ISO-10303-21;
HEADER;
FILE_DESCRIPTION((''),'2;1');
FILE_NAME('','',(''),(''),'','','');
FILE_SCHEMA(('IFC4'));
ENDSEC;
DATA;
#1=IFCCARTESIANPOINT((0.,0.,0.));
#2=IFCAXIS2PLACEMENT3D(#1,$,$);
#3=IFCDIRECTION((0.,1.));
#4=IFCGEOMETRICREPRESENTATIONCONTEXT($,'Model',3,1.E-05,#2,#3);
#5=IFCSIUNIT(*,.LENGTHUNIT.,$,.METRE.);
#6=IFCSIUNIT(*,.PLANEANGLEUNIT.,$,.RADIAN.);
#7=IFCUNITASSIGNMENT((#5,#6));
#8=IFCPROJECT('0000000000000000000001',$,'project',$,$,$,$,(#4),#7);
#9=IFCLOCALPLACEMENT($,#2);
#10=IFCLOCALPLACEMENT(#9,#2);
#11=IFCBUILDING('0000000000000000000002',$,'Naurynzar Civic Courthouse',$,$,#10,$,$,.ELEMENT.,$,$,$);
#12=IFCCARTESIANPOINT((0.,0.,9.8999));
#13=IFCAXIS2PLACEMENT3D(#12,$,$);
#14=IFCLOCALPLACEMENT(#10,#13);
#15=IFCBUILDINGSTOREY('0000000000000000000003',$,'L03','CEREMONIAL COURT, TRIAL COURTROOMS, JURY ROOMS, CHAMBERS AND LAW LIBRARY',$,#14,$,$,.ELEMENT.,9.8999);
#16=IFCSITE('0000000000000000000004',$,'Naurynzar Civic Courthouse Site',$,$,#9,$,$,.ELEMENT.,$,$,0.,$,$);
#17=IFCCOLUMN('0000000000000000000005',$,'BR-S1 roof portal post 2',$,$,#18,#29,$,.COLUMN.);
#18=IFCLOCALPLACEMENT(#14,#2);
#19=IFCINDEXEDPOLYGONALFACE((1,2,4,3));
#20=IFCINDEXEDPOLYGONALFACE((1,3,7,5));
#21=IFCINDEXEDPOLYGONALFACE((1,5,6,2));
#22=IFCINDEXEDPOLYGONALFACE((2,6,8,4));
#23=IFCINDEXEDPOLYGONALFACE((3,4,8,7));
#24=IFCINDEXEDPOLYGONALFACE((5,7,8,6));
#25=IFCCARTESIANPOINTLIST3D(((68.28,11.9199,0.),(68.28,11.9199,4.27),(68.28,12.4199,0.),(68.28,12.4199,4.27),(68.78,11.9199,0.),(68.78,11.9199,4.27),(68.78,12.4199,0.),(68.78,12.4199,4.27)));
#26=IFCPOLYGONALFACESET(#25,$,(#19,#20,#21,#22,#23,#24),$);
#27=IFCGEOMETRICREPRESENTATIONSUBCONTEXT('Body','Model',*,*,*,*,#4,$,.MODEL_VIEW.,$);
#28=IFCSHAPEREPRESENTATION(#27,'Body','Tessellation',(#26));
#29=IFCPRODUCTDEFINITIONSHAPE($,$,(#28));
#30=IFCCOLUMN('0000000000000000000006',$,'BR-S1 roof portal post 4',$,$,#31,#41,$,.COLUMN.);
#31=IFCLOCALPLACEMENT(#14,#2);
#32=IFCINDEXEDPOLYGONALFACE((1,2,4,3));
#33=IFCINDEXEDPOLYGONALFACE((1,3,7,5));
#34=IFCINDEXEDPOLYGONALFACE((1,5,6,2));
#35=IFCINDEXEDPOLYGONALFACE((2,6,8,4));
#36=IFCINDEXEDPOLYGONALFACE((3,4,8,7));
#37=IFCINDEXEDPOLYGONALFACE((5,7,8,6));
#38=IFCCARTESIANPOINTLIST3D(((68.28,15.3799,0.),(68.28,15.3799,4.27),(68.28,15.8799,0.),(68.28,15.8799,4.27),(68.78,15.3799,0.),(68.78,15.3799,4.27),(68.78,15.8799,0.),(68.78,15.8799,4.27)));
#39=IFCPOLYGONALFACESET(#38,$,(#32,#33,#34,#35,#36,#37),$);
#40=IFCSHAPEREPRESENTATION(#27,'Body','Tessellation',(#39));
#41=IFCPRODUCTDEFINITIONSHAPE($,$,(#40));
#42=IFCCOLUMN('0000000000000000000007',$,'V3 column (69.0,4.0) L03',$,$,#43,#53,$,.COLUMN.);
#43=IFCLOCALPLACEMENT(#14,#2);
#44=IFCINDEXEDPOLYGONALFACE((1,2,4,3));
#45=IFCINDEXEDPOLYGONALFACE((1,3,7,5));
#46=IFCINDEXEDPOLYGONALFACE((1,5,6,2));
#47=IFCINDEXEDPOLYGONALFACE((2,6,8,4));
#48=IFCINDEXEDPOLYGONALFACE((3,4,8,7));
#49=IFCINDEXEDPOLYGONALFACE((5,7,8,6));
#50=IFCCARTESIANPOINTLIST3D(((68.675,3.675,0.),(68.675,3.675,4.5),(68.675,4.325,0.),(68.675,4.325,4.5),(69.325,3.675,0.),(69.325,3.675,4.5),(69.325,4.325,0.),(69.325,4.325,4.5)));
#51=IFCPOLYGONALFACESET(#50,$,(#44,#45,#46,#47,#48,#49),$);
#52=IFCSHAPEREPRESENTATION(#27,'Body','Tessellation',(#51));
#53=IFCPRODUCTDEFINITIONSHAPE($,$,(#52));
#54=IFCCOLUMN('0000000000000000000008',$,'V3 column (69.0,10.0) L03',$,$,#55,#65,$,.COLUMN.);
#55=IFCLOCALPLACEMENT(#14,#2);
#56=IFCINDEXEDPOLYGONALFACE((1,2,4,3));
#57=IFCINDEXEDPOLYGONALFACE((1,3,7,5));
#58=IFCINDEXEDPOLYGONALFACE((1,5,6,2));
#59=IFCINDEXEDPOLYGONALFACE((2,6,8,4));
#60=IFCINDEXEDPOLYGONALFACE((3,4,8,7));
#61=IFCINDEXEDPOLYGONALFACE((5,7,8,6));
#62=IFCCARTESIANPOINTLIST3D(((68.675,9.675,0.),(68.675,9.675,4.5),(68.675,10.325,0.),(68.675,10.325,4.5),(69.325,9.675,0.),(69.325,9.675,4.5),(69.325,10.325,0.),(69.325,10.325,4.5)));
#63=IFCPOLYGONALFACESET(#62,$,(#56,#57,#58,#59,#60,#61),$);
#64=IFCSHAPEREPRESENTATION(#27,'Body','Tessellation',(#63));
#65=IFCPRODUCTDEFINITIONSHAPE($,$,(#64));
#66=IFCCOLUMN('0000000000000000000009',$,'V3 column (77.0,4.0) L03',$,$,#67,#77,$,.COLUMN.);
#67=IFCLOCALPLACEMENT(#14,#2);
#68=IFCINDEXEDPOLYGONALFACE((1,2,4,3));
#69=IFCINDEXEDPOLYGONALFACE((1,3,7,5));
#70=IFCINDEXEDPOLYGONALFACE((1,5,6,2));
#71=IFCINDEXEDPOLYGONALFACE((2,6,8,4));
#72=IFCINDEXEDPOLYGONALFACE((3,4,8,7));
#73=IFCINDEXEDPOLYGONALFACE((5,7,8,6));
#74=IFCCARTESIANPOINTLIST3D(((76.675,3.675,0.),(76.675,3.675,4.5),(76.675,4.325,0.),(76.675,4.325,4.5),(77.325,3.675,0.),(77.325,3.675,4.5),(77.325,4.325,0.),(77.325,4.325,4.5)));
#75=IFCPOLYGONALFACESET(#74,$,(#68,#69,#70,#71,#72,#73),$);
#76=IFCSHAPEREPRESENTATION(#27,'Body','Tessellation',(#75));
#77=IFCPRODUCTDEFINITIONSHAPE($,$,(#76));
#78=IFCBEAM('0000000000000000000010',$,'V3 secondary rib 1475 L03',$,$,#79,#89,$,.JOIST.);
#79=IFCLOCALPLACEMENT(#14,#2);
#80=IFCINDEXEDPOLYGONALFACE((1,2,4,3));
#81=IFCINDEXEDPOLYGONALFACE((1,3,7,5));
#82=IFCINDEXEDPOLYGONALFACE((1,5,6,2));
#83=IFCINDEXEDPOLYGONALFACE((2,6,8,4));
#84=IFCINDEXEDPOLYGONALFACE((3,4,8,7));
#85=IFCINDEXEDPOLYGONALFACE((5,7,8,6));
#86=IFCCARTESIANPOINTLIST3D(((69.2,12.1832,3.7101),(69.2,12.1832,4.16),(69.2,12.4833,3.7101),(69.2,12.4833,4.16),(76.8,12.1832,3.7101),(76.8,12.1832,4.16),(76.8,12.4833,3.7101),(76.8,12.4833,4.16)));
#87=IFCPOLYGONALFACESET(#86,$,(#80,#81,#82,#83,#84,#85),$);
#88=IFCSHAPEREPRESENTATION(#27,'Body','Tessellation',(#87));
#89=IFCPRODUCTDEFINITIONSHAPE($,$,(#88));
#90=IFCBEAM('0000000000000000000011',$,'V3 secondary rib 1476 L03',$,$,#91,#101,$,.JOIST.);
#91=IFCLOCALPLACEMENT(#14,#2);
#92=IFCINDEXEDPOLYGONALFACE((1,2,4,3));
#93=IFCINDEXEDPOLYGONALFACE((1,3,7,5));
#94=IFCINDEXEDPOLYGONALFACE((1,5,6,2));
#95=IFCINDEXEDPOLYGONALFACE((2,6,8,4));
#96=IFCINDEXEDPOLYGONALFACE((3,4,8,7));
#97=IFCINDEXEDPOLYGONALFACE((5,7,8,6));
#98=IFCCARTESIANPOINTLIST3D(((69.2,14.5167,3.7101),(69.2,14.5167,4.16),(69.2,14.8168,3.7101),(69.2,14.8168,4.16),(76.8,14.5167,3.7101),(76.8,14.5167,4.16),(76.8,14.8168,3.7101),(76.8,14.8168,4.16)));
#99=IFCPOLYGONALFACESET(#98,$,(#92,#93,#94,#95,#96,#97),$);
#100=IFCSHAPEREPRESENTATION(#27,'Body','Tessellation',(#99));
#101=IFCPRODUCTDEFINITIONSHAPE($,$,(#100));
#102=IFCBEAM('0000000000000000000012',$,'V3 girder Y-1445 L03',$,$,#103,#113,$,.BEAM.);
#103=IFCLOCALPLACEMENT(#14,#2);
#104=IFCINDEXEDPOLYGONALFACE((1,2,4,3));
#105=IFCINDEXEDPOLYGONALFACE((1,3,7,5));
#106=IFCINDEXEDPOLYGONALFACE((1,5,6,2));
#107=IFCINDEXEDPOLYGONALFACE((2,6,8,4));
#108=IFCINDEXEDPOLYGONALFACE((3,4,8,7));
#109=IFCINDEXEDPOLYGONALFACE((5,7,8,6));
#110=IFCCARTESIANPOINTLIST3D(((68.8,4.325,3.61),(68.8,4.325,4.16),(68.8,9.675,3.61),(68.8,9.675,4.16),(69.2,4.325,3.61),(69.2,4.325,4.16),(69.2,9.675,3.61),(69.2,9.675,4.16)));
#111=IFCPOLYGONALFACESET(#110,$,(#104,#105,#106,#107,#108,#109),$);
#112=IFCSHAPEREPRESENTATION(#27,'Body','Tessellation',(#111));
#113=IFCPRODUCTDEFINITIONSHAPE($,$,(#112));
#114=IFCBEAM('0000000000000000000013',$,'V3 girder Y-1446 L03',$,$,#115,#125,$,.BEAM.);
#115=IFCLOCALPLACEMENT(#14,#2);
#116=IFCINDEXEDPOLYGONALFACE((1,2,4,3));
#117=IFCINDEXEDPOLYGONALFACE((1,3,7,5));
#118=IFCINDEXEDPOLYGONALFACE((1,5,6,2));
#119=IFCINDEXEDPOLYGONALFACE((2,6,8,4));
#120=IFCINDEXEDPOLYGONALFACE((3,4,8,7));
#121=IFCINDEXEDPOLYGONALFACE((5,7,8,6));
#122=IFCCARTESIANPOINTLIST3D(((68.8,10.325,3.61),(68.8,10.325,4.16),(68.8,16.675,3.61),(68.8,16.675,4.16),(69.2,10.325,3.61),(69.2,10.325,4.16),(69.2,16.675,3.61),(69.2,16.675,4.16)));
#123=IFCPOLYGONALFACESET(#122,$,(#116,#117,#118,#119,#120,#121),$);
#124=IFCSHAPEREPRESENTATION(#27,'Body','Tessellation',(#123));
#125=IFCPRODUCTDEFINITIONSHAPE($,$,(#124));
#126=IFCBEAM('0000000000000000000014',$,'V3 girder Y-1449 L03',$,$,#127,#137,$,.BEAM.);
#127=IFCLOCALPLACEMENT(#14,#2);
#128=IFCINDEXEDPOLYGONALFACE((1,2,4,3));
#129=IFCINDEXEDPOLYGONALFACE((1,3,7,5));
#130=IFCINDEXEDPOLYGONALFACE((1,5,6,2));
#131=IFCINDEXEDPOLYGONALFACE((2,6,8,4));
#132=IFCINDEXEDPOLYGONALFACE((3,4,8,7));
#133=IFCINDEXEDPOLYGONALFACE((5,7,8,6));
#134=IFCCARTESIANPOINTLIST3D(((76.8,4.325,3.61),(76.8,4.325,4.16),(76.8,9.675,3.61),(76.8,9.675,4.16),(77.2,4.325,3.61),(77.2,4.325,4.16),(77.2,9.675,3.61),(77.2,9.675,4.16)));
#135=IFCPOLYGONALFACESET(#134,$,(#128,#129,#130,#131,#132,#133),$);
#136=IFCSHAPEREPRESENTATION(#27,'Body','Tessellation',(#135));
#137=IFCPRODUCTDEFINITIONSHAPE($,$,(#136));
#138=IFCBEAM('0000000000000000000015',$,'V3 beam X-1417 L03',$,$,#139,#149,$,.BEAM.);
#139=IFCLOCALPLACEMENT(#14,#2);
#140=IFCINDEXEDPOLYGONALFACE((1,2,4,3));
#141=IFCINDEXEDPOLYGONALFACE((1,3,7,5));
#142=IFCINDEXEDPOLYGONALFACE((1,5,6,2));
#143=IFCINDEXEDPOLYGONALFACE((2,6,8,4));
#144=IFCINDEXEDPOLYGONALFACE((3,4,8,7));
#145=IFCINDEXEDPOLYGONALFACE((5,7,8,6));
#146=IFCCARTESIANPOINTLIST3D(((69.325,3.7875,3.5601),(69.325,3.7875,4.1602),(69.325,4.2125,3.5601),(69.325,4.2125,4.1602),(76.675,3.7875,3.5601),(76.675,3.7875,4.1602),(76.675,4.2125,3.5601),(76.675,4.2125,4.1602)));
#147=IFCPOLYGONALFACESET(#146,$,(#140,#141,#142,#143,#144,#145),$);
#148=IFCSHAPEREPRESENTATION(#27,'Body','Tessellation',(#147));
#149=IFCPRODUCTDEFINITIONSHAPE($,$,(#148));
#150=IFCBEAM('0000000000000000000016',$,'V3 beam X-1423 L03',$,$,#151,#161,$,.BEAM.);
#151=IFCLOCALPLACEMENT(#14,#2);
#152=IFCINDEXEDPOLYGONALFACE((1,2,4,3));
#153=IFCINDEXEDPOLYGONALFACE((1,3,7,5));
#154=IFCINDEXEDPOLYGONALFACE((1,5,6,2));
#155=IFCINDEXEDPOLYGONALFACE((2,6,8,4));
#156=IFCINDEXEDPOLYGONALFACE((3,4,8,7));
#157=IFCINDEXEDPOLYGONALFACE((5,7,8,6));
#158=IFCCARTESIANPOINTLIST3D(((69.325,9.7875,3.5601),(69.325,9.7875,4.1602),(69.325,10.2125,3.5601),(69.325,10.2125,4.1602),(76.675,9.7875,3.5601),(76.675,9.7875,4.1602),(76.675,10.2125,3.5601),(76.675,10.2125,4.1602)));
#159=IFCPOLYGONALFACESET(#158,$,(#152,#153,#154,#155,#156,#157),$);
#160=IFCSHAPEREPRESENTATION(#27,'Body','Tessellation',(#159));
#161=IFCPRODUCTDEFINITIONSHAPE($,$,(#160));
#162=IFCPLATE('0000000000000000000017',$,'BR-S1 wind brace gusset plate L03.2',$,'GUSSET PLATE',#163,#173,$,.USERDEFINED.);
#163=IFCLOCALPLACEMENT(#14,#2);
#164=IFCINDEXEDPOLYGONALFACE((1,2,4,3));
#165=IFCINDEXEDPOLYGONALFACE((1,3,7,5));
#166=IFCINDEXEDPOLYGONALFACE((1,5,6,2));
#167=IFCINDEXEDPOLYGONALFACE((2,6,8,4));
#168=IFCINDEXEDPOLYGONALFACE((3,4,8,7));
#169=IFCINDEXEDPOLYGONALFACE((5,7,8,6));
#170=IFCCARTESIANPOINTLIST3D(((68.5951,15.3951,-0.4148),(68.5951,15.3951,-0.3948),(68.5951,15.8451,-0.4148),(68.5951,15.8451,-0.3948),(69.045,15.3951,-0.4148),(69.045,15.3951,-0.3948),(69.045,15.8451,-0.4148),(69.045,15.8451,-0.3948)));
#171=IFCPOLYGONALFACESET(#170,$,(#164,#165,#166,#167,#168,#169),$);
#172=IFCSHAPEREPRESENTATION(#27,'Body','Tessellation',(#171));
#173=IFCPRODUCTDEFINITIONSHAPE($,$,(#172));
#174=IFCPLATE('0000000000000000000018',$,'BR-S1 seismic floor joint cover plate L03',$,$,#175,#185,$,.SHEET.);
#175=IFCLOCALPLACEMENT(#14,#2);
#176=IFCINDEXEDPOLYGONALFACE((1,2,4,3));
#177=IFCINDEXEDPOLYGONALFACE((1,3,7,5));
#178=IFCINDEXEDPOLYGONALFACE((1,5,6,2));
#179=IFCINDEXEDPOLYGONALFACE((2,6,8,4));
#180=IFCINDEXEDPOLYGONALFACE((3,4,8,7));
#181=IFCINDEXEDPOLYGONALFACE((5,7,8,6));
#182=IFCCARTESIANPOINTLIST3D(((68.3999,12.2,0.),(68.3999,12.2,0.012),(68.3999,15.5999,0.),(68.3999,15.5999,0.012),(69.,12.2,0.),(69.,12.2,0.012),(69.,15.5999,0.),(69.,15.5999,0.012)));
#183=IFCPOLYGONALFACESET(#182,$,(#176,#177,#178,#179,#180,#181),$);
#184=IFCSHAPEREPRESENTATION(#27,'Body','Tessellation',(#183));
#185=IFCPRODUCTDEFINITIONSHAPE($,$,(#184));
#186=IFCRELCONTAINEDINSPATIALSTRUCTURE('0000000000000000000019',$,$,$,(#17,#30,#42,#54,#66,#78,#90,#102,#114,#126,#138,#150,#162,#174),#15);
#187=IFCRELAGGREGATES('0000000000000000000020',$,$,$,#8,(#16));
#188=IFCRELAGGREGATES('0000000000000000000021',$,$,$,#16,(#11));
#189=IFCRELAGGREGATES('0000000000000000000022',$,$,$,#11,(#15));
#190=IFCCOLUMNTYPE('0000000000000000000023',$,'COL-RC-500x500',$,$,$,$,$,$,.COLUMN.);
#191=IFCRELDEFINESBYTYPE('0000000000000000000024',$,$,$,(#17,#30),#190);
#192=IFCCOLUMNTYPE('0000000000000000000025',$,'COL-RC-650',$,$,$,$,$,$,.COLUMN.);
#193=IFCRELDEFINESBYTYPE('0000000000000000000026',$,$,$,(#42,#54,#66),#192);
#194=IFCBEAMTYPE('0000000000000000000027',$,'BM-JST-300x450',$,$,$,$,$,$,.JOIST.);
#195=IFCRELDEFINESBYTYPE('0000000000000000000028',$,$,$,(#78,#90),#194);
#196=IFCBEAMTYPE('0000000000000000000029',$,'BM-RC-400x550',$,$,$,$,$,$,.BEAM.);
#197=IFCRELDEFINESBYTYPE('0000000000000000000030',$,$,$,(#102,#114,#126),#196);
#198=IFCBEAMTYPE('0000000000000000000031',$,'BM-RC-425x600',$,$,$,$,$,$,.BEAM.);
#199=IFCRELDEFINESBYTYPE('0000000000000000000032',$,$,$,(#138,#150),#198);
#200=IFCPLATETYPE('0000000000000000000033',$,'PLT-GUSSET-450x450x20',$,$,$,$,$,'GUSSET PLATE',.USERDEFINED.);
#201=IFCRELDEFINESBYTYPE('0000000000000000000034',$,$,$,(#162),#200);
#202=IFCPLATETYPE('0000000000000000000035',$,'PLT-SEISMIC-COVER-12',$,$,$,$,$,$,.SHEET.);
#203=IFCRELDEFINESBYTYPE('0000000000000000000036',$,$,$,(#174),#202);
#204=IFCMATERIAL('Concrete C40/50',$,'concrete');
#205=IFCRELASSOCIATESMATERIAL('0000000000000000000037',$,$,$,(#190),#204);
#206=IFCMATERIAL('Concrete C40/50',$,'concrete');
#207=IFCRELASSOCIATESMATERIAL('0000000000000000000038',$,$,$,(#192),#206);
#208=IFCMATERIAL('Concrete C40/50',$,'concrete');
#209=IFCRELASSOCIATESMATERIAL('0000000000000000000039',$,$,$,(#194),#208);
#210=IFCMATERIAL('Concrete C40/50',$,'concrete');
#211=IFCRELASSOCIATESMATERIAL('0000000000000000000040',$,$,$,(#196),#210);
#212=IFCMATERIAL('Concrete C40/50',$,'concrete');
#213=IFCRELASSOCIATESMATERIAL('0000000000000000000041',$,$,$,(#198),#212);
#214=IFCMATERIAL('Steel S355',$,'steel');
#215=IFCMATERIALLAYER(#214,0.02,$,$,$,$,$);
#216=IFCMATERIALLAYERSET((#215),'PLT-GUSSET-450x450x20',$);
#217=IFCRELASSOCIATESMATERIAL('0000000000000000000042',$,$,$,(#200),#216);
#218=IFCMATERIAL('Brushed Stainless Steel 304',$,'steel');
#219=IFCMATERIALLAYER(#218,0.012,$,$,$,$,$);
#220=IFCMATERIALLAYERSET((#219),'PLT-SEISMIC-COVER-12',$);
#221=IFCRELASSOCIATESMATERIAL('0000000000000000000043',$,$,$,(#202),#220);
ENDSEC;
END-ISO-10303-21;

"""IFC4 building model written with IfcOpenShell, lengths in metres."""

from ifc_helpers import new_model, si_unit, direction, frame, origin, origin_2d, place, context, subcontext, project, spatial, rectangle, extrude, material, layer, layer_set, material_profile, profile_set, type_object, element, save


model = new_model("IFC4")

# Units and contexts
model_context = context("Model", 3, precision=1e-05, world=origin(), true_north=direction((0.0, 1.0)))
body_context = subcontext(model_context, "Body", "Model", "MODEL_VIEW")
ifc_project = project(units=[si_unit("LENGTHUNIT", "METRE"), si_unit("PLANEANGLEUNIT", "RADIAN")], contexts=[model_context])

# Site, building, storey
site_placement = place(None, origin())
site = spatial("IfcSite", under=ifc_project, at=site_placement, Name="Naurynzar Civic Courthouse Site", CompositionType="ELEMENT", RefElevation=0.0)
building_placement = place(site_placement, origin())
building = spatial("IfcBuilding", under=site, at=building_placement, Name="Naurynzar Civic Courthouse", CompositionType="ELEMENT")
storey_placement = place(building_placement, frame((0.0, 0.0, 9.8999)))
storey = spatial("IfcBuildingStorey", under=building, at=storey_placement, Name="L03", Description="CEREMONIAL COURT, TRIAL COURTROOMS, JURY ROOMS, CHAMBERS AND LAW LIBRARY", CompositionType="ELEMENT", Elevation=9.8999)

# Columns
ifc_material_1 = material(Name="Concrete C40/50", Category="concrete")
ifc_material_profile_1 = material_profile(ifc_material_1, rectangle(XDim=0.5, YDim=0.5, at=origin_2d()), Name="RC 500x500")
ifc_profile_set_1 = profile_set([ifc_material_profile_1], Name="Concrete C40/50")
column_type_1 = type_object("IfcColumnType", Name="COL-RC-500x500", PredefinedType="COLUMN", material=ifc_profile_set_1)
for number, where, z_axis, x_axis, name in (
    (1, (68.53, 12.1699, 0.0), (0.0, 0.0, 1.0), (1.0, 0.0, 0.0), "BR-S1 roof portal post 2"),
    (2, (68.53, 15.6299, 0.0), (0.0, 0.0, 1.0), (1.0, 0.0, 0.0), "BR-S1 roof portal post 4"),
):
    element("IfcColumn", number, at=place(storey_placement, frame(where, z_axis=z_axis, x_axis=x_axis)), inside=storey, type_object=column_type_1, Name=name, PredefinedType="COLUMN", context=body_context, shape_type="SweptSolid", body=[
        extrude(rectangle(XDim=0.5, YDim=0.5, at=origin_2d()), origin(), (0.0, 0.0, 1.0), 4.27),
    ])
ifc_material_2 = material(Name="Concrete C40/50", Category="concrete")
ifc_material_profile_2 = material_profile(ifc_material_2, rectangle(XDim=0.6499, YDim=0.6499, at=origin_2d()), Name="RC 650x650")
ifc_profile_set_2 = profile_set([ifc_material_profile_2], Name="Concrete C40/50")
column_type_2 = type_object("IfcColumnType", Name="COL-RC-650", PredefinedType="COLUMN", material=ifc_profile_set_2)
for number, where, z_axis, x_axis, name in (
    (3, (69.0, 4.0, 0.0), (0.0, 0.0, 1.0), (1.0, 0.0, 0.0), "V3 column (69.0,4.0) L03"),
    (4, (69.0, 10.0, 0.0), (0.0, 0.0, 1.0), (1.0, 0.0, 0.0), "V3 column (69.0,10.0) L03"),
    (5, (77.0, 4.0, 0.0), (0.0, 0.0, 1.0), (1.0, 0.0, 0.0), "V3 column (77.0,4.0) L03"),
):
    element("IfcColumn", number, at=place(storey_placement, frame(where, z_axis=z_axis, x_axis=x_axis)), inside=storey, type_object=column_type_2, Name=name, PredefinedType="COLUMN", context=body_context, shape_type="SweptSolid", body=[
        extrude(rectangle(XDim=0.6499, YDim=0.6499, at=origin_2d()), origin(), (0.0, 0.0, 1.0), 4.5),
    ])

# Beams
ifc_material_3 = material(Name="Concrete C40/50", Category="concrete")
ifc_material_profile_3 = material_profile(ifc_material_3, rectangle(XDim=0.3, YDim=0.45, at=origin_2d()), Name="RCJ 300x450")
ifc_profile_set_3 = profile_set([ifc_material_profile_3], Name="Concrete C40/50")
beam_type_1 = type_object("IfcBeamType", Name="BM-JST-300x450", PredefinedType="JOIST", material=ifc_profile_set_3)
for number, where, z_axis, x_axis, name in (
    (6, (69.2, 12.3333, 3.9351), (1.0, 0.0, 0.0), (0.0, 1.0, 0.0), "V3 secondary rib 1475 L03"),
    (7, (69.2, 14.6667, 3.9351), (1.0, 0.0, 0.0), (0.0, 1.0, 0.0), "V3 secondary rib 1476 L03"),
):
    element("IfcBeam", number, at=place(storey_placement, frame(where, z_axis=z_axis, x_axis=x_axis)), inside=storey, type_object=beam_type_1, Name=name, PredefinedType="JOIST", context=body_context, shape_type="SweptSolid", body=[
        extrude(rectangle(XDim=0.3, YDim=0.45, at=origin_2d()), origin(), (0.0, 0.0, 1.0), 7.6001),
    ])
ifc_material_4 = material(Name="Concrete C40/50", Category="concrete")
ifc_material_profile_4 = material_profile(ifc_material_4, rectangle(XDim=0.3999, YDim=0.55, at=origin_2d()), Name="RCB 400x550")
ifc_profile_set_4 = profile_set([ifc_material_profile_4], Name="Concrete C40/50")
beam_type_2 = type_object("IfcBeamType", Name="BM-RC-400x550", PredefinedType="BEAM", material=ifc_profile_set_4)
beam_1_placement = place(storey_placement, frame((69.0, 4.325, 3.885), z_axis=(0.0, 1.0, 0.0), x_axis=(-1.0, 0.0, 0.0)))
element("IfcBeam", 8, at=beam_1_placement, inside=storey, type_object=beam_type_2, Name="V3 girder Y-1445 L03", PredefinedType="BEAM", context=body_context, shape_type="SweptSolid", body=[
    extrude(rectangle(XDim=0.3999, YDim=0.55, at=origin_2d()), origin(), (0.0, 0.0, 1.0), 5.3501),
])
beam_2_placement = place(storey_placement, frame((69.0, 10.325, 3.885), z_axis=(0.0, 1.0, 0.0), x_axis=(-1.0, 0.0, 0.0)))
element("IfcBeam", 9, at=beam_2_placement, inside=storey, type_object=beam_type_2, Name="V3 girder Y-1446 L03", PredefinedType="BEAM", context=body_context, shape_type="SweptSolid", body=[
    extrude(rectangle(XDim=0.3999, YDim=0.55, at=origin_2d()), origin(), (0.0, 0.0, 1.0), 6.3501),
])
beam_3_placement = place(storey_placement, frame((77.0, 4.325, 3.885), z_axis=(0.0, 1.0, 0.0), x_axis=(-1.0, 0.0, 0.0)))
element("IfcBeam", 10, at=beam_3_placement, inside=storey, type_object=beam_type_2, Name="V3 girder Y-1449 L03", PredefinedType="BEAM", context=body_context, shape_type="SweptSolid", body=[
    extrude(rectangle(XDim=0.3999, YDim=0.55, at=origin_2d()), origin(), (0.0, 0.0, 1.0), 5.3501),
])
ifc_material_5 = material(Name="Concrete C40/50", Category="concrete")
ifc_material_profile_5 = material_profile(ifc_material_5, rectangle(XDim=0.425, YDim=0.6001, at=origin_2d()), Name="RCB 425x600")
ifc_profile_set_5 = profile_set([ifc_material_profile_5], Name="Concrete C40/50")
beam_type_3 = type_object("IfcBeamType", Name="BM-RC-425x600", PredefinedType="BEAM", material=ifc_profile_set_5)
for number, where, z_axis, x_axis, name in (
    (11, (69.325, 4.0, 3.8601), (1.0, 0.0, 0.0), (0.0, 1.0, 0.0), "V3 beam X-1417 L03"),
    (12, (69.325, 10.0, 3.8601), (1.0, 0.0, 0.0), (0.0, 1.0, 0.0), "V3 beam X-1423 L03"),
):
    element("IfcBeam", number, at=place(storey_placement, frame(where, z_axis=z_axis, x_axis=x_axis)), inside=storey, type_object=beam_type_3, Name=name, PredefinedType="BEAM", context=body_context, shape_type="SweptSolid", body=[
        extrude(rectangle(XDim=0.425, YDim=0.6001, at=origin_2d()), origin(), (0.0, 0.0, 1.0), 7.3501),
    ])

# Plates
ifc_material_6 = material(Name="Steel S355", Category="steel")
ifc_layer_1 = layer(ifc_material_6, 0.02)
ifc_layer_set_1 = layer_set([ifc_layer_1], Name="PLT-GUSSET-450x450x20")
plate_type_1 = type_object("IfcPlateType", Name="PLT-GUSSET-450x450x20", ElementType="GUSSET PLATE", PredefinedType="USERDEFINED", material=ifc_layer_set_1)
plate_1_placement = place(storey_placement, frame((68.8201, 15.6201, -0.4148), z_axis=(0.0, 0.0, 1.0), x_axis=(1.0, 0.0, 0.0)))
element("IfcPlate", 13, at=plate_1_placement, inside=storey, type_object=plate_type_1, Name="BR-S1 wind brace gusset plate L03.2", ObjectType="GUSSET PLATE", PredefinedType="USERDEFINED", context=body_context, shape_type="SweptSolid", body=[
    extrude(rectangle(XDim=0.45, YDim=0.45, at=origin_2d()), origin(), (0.0, 0.0, 1.0), 0.02),
])
ifc_material_7 = material(Name="Brushed Stainless Steel 304", Category="steel")
ifc_layer_2 = layer(ifc_material_7, 0.012)
ifc_layer_set_2 = layer_set([ifc_layer_2], Name="PLT-SEISMIC-COVER-12")
plate_type_2 = type_object("IfcPlateType", Name="PLT-SEISMIC-COVER-12", PredefinedType="SHEET", material=ifc_layer_set_2)
plate_2_placement = place(storey_placement, frame((68.7, 13.8999, 0.0), z_axis=(0.0, 0.0, 1.0), x_axis=(1.0, 0.0, 0.0)))
element("IfcPlate", 14, at=plate_2_placement, inside=storey, type_object=plate_type_2, Name="BR-S1 seismic floor joint cover plate L03", PredefinedType="SHEET", context=body_context, shape_type="SweptSolid", body=[
    extrude(rectangle(XDim=0.6001, YDim=3.3999, at=origin_2d()), origin(), (0.0, 0.0, 1.0), 0.012),
])

save(model, "model.ifc")
